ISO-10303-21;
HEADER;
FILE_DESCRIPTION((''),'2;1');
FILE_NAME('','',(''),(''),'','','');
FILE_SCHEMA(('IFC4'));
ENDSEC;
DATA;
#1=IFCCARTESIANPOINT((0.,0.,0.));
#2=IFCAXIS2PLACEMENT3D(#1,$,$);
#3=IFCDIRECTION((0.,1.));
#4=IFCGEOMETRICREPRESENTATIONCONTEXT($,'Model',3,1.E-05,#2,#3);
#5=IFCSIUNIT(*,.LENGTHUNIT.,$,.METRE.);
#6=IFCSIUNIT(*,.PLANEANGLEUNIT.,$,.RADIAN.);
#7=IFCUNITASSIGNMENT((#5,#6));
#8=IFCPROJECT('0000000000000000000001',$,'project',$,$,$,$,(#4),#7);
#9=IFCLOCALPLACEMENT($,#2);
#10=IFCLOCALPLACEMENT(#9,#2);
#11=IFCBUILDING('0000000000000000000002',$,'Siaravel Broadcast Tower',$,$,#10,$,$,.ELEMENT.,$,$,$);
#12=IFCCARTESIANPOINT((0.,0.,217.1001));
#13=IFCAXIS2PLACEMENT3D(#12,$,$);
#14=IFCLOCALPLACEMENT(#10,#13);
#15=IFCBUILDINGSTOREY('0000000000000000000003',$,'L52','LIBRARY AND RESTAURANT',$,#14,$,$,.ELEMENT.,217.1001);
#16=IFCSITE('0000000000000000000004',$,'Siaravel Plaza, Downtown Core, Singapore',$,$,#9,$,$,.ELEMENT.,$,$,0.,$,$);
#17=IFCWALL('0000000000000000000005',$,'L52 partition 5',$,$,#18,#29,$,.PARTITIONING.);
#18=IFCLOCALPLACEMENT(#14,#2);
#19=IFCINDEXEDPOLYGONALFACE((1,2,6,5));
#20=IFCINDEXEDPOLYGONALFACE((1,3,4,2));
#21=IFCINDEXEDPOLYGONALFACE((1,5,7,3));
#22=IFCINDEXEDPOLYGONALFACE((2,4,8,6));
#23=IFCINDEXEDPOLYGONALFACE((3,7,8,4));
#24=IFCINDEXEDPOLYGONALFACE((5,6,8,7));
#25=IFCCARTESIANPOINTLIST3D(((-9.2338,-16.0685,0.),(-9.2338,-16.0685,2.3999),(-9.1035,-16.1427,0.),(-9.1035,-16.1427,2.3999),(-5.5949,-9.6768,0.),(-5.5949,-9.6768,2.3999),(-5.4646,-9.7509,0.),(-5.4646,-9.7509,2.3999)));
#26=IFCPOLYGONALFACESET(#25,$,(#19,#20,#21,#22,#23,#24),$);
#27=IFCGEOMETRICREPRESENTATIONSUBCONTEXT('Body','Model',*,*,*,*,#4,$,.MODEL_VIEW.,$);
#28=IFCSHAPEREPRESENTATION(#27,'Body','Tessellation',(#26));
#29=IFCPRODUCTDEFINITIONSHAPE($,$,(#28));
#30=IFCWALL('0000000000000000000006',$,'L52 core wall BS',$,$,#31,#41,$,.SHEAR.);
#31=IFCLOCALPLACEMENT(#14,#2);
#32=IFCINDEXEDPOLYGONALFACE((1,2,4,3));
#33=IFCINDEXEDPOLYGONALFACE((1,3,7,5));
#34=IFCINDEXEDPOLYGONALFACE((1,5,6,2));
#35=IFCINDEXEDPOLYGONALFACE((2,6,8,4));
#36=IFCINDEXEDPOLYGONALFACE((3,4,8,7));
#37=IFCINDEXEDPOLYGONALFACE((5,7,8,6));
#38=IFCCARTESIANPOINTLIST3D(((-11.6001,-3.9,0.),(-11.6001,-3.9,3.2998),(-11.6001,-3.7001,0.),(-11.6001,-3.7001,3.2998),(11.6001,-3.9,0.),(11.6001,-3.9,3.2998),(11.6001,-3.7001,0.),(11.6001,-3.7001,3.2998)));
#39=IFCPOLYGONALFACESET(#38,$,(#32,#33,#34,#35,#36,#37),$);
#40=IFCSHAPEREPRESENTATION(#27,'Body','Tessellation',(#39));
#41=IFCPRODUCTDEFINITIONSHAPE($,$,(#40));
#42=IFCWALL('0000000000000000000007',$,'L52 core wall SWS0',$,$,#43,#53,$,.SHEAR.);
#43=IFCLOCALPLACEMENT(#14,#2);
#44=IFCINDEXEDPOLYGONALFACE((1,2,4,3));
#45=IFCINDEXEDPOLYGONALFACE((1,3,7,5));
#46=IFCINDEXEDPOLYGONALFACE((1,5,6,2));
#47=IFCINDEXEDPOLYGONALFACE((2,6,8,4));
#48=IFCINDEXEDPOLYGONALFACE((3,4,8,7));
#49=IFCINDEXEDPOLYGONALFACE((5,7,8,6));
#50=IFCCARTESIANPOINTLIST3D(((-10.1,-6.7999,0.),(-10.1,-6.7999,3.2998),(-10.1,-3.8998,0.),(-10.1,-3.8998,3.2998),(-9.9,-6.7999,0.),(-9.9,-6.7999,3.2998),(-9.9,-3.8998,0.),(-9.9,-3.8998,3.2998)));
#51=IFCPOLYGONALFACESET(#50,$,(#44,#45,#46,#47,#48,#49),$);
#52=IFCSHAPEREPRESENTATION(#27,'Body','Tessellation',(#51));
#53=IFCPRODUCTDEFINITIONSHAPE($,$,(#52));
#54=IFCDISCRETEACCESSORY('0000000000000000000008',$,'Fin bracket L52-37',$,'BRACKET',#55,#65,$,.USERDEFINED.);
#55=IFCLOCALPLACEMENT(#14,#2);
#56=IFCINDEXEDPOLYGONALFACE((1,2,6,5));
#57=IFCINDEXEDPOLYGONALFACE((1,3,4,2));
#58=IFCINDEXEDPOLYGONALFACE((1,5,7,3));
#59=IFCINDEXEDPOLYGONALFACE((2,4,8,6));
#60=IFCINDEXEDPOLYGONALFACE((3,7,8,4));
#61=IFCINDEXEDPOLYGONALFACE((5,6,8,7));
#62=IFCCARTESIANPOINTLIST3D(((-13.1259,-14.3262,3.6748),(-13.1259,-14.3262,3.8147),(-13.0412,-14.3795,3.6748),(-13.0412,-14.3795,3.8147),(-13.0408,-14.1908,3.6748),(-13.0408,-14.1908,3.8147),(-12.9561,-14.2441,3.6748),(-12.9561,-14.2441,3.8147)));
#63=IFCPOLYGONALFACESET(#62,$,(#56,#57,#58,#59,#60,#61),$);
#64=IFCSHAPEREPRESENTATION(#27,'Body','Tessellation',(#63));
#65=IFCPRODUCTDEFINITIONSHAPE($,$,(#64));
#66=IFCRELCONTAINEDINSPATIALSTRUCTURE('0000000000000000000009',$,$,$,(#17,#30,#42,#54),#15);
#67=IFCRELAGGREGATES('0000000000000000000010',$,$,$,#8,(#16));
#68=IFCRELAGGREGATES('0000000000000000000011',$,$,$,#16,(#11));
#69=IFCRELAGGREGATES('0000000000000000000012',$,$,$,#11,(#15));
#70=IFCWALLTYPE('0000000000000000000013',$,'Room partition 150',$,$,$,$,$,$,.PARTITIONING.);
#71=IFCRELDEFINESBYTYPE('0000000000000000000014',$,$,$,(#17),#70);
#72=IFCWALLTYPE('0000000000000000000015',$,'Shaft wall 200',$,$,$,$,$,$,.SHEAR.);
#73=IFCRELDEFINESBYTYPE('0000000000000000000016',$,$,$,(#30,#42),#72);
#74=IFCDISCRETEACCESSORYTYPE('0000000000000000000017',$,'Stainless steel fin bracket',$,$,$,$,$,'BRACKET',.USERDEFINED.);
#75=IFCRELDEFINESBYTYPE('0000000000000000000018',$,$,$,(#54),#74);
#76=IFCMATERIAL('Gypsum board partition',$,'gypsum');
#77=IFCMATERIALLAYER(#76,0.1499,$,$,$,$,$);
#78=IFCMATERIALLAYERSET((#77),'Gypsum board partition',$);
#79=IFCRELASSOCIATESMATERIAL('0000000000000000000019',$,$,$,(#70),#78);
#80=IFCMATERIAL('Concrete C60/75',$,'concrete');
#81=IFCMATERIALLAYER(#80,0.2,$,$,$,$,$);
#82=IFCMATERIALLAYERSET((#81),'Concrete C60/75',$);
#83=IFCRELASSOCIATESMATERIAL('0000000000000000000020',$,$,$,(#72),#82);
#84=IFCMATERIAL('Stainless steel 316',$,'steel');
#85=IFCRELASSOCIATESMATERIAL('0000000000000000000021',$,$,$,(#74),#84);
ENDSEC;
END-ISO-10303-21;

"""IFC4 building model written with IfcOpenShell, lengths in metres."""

from ifc_helpers import new_model, si_unit, direction, frame, frame_2d, origin, origin_2d, place, context, subcontext, project, spatial, rectangle, extrude, material, layer, layer_set, type_object, element, save


model = new_model("IFC4")

# Units and contexts
model_context = context("Model", 3, precision=1e-05, world=origin(), true_north=direction((0.0, 1.0)))
body_context = subcontext(model_context, "Body", "Model", "MODEL_VIEW")
ifc_project = project(units=[si_unit("LENGTHUNIT", "METRE"), si_unit("PLANEANGLEUNIT", "RADIAN")], contexts=[model_context])

# Site, building, storey
site_placement = place(None, origin())
site = spatial("IfcSite", under=ifc_project, at=site_placement, Name="Siaravel Plaza, Downtown Core, Singapore", CompositionType="ELEMENT", RefElevation=0.0)
building_placement = place(site_placement, origin())
building = spatial("IfcBuilding", under=site, at=building_placement, Name="Siaravel Broadcast Tower", CompositionType="ELEMENT")
storey_placement = place(building_placement, frame((0.0, 0.0, 217.1001)))
storey = spatial("IfcBuildingStorey", under=building, at=storey_placement, Name="L52", Description="LIBRARY AND RESTAURANT", CompositionType="ELEMENT", Elevation=217.1001)

# Shared definitions
ifc_material_1 = material(Name="Concrete C60/75", Category="concrete")

# Shared definitions
ifc_material_2 = material(Name="Gypsum board partition", Category="gypsum")

# Walls
ifc_layer_1 = layer(ifc_material_2, 0.1499)
ifc_layer_set_1 = layer_set([ifc_layer_1], Name="Gypsum board partition")
wall_type_1 = type_object("IfcWallType", Name="Room partition 150", PredefinedType="PARTITIONING", material=ifc_layer_set_1)
wall_1_placement = place(storey_placement, frame((-5.5298, -9.7139, 0.0), z_axis=(0.0, 0.0, 1.0), x_axis=(-0.494748, -0.869037, 0.0)))
element("IfcWall", 1, at=wall_1_placement, inside=storey, type_object=wall_type_1, Name="L52 partition 5", PredefinedType="PARTITIONING", context=body_context, shape_type="SweptSolid", body=[
    extrude(rectangle(XDim=7.355, YDim=0.1499, at=frame_2d((3.6775, 0.0))), origin(), (0.0, 0.0, 1.0), 2.3999),
])
ifc_layer_2 = layer(ifc_material_1, 0.2)
ifc_layer_set_2 = layer_set([ifc_layer_2], Name="Concrete C60/75")
wall_type_2 = type_object("IfcWallType", Name="Shaft wall 200", PredefinedType="SHEAR", material=ifc_layer_set_2)
wall_2_placement = place(storey_placement, frame((-11.6001, -3.8, 0.0), z_axis=(0.0, 0.0, 1.0), x_axis=(1.0, 0.0, 0.0)))
element("IfcWall", 2, at=wall_2_placement, inside=storey, type_object=wall_type_2, Name="L52 core wall BS", PredefinedType="SHEAR", context=body_context, shape_type="SweptSolid", body=[
    extrude(rectangle(XDim=23.2002, YDim=0.2, at=frame_2d((11.6001, 0.0))), origin(), (0.0, 0.0, 1.0), 3.2998),
])
wall_3_placement = place(storey_placement, frame((-10.0, -6.8, 0.0), z_axis=(0.0, 0.0, 1.0), x_axis=(0.0, 1.0, 0.0)))
element("IfcWall", 3, at=wall_3_placement, inside=storey, type_object=wall_type_2, Name="L52 core wall SWS0", PredefinedType="SHEAR", context=body_context, shape_type="SweptSolid", body=[
    extrude(rectangle(XDim=2.9001, YDim=0.2, at=frame_2d((1.4502, 0.0))), origin(), (0.0, 0.0, 1.0), 3.2998),
])

# Discrete accessory
ifc_material_3 = material(Name="Stainless steel 316", Category="steel")
discrete_accessory_type = type_object("IfcDiscreteAccessoryType", Name="Stainless steel fin bracket", ElementType="BRACKET", PredefinedType="USERDEFINED", material=ifc_material_3)
discrete_accessory_placement = place(storey_placement, frame((-13.041, -14.2852, 3.6748), z_axis=(0.0, 0.0, 1.0), x_axis=(-0.532149, -0.84665, 0.0)))
element("IfcDiscreteAccessory", 4, at=discrete_accessory_placement, inside=storey, type_object=discrete_accessory_type, Name="Fin bracket L52-37", ObjectType="BRACKET", PredefinedType="USERDEFINED", context=body_context, shape_type="SweptSolid", body=[
    extrude(rectangle(XDim=0.1599, YDim=0.1001, at=origin_2d()), origin(), (0.0, 0.0, 1.0), 0.1399),
])

save(model, "model.ifc")
